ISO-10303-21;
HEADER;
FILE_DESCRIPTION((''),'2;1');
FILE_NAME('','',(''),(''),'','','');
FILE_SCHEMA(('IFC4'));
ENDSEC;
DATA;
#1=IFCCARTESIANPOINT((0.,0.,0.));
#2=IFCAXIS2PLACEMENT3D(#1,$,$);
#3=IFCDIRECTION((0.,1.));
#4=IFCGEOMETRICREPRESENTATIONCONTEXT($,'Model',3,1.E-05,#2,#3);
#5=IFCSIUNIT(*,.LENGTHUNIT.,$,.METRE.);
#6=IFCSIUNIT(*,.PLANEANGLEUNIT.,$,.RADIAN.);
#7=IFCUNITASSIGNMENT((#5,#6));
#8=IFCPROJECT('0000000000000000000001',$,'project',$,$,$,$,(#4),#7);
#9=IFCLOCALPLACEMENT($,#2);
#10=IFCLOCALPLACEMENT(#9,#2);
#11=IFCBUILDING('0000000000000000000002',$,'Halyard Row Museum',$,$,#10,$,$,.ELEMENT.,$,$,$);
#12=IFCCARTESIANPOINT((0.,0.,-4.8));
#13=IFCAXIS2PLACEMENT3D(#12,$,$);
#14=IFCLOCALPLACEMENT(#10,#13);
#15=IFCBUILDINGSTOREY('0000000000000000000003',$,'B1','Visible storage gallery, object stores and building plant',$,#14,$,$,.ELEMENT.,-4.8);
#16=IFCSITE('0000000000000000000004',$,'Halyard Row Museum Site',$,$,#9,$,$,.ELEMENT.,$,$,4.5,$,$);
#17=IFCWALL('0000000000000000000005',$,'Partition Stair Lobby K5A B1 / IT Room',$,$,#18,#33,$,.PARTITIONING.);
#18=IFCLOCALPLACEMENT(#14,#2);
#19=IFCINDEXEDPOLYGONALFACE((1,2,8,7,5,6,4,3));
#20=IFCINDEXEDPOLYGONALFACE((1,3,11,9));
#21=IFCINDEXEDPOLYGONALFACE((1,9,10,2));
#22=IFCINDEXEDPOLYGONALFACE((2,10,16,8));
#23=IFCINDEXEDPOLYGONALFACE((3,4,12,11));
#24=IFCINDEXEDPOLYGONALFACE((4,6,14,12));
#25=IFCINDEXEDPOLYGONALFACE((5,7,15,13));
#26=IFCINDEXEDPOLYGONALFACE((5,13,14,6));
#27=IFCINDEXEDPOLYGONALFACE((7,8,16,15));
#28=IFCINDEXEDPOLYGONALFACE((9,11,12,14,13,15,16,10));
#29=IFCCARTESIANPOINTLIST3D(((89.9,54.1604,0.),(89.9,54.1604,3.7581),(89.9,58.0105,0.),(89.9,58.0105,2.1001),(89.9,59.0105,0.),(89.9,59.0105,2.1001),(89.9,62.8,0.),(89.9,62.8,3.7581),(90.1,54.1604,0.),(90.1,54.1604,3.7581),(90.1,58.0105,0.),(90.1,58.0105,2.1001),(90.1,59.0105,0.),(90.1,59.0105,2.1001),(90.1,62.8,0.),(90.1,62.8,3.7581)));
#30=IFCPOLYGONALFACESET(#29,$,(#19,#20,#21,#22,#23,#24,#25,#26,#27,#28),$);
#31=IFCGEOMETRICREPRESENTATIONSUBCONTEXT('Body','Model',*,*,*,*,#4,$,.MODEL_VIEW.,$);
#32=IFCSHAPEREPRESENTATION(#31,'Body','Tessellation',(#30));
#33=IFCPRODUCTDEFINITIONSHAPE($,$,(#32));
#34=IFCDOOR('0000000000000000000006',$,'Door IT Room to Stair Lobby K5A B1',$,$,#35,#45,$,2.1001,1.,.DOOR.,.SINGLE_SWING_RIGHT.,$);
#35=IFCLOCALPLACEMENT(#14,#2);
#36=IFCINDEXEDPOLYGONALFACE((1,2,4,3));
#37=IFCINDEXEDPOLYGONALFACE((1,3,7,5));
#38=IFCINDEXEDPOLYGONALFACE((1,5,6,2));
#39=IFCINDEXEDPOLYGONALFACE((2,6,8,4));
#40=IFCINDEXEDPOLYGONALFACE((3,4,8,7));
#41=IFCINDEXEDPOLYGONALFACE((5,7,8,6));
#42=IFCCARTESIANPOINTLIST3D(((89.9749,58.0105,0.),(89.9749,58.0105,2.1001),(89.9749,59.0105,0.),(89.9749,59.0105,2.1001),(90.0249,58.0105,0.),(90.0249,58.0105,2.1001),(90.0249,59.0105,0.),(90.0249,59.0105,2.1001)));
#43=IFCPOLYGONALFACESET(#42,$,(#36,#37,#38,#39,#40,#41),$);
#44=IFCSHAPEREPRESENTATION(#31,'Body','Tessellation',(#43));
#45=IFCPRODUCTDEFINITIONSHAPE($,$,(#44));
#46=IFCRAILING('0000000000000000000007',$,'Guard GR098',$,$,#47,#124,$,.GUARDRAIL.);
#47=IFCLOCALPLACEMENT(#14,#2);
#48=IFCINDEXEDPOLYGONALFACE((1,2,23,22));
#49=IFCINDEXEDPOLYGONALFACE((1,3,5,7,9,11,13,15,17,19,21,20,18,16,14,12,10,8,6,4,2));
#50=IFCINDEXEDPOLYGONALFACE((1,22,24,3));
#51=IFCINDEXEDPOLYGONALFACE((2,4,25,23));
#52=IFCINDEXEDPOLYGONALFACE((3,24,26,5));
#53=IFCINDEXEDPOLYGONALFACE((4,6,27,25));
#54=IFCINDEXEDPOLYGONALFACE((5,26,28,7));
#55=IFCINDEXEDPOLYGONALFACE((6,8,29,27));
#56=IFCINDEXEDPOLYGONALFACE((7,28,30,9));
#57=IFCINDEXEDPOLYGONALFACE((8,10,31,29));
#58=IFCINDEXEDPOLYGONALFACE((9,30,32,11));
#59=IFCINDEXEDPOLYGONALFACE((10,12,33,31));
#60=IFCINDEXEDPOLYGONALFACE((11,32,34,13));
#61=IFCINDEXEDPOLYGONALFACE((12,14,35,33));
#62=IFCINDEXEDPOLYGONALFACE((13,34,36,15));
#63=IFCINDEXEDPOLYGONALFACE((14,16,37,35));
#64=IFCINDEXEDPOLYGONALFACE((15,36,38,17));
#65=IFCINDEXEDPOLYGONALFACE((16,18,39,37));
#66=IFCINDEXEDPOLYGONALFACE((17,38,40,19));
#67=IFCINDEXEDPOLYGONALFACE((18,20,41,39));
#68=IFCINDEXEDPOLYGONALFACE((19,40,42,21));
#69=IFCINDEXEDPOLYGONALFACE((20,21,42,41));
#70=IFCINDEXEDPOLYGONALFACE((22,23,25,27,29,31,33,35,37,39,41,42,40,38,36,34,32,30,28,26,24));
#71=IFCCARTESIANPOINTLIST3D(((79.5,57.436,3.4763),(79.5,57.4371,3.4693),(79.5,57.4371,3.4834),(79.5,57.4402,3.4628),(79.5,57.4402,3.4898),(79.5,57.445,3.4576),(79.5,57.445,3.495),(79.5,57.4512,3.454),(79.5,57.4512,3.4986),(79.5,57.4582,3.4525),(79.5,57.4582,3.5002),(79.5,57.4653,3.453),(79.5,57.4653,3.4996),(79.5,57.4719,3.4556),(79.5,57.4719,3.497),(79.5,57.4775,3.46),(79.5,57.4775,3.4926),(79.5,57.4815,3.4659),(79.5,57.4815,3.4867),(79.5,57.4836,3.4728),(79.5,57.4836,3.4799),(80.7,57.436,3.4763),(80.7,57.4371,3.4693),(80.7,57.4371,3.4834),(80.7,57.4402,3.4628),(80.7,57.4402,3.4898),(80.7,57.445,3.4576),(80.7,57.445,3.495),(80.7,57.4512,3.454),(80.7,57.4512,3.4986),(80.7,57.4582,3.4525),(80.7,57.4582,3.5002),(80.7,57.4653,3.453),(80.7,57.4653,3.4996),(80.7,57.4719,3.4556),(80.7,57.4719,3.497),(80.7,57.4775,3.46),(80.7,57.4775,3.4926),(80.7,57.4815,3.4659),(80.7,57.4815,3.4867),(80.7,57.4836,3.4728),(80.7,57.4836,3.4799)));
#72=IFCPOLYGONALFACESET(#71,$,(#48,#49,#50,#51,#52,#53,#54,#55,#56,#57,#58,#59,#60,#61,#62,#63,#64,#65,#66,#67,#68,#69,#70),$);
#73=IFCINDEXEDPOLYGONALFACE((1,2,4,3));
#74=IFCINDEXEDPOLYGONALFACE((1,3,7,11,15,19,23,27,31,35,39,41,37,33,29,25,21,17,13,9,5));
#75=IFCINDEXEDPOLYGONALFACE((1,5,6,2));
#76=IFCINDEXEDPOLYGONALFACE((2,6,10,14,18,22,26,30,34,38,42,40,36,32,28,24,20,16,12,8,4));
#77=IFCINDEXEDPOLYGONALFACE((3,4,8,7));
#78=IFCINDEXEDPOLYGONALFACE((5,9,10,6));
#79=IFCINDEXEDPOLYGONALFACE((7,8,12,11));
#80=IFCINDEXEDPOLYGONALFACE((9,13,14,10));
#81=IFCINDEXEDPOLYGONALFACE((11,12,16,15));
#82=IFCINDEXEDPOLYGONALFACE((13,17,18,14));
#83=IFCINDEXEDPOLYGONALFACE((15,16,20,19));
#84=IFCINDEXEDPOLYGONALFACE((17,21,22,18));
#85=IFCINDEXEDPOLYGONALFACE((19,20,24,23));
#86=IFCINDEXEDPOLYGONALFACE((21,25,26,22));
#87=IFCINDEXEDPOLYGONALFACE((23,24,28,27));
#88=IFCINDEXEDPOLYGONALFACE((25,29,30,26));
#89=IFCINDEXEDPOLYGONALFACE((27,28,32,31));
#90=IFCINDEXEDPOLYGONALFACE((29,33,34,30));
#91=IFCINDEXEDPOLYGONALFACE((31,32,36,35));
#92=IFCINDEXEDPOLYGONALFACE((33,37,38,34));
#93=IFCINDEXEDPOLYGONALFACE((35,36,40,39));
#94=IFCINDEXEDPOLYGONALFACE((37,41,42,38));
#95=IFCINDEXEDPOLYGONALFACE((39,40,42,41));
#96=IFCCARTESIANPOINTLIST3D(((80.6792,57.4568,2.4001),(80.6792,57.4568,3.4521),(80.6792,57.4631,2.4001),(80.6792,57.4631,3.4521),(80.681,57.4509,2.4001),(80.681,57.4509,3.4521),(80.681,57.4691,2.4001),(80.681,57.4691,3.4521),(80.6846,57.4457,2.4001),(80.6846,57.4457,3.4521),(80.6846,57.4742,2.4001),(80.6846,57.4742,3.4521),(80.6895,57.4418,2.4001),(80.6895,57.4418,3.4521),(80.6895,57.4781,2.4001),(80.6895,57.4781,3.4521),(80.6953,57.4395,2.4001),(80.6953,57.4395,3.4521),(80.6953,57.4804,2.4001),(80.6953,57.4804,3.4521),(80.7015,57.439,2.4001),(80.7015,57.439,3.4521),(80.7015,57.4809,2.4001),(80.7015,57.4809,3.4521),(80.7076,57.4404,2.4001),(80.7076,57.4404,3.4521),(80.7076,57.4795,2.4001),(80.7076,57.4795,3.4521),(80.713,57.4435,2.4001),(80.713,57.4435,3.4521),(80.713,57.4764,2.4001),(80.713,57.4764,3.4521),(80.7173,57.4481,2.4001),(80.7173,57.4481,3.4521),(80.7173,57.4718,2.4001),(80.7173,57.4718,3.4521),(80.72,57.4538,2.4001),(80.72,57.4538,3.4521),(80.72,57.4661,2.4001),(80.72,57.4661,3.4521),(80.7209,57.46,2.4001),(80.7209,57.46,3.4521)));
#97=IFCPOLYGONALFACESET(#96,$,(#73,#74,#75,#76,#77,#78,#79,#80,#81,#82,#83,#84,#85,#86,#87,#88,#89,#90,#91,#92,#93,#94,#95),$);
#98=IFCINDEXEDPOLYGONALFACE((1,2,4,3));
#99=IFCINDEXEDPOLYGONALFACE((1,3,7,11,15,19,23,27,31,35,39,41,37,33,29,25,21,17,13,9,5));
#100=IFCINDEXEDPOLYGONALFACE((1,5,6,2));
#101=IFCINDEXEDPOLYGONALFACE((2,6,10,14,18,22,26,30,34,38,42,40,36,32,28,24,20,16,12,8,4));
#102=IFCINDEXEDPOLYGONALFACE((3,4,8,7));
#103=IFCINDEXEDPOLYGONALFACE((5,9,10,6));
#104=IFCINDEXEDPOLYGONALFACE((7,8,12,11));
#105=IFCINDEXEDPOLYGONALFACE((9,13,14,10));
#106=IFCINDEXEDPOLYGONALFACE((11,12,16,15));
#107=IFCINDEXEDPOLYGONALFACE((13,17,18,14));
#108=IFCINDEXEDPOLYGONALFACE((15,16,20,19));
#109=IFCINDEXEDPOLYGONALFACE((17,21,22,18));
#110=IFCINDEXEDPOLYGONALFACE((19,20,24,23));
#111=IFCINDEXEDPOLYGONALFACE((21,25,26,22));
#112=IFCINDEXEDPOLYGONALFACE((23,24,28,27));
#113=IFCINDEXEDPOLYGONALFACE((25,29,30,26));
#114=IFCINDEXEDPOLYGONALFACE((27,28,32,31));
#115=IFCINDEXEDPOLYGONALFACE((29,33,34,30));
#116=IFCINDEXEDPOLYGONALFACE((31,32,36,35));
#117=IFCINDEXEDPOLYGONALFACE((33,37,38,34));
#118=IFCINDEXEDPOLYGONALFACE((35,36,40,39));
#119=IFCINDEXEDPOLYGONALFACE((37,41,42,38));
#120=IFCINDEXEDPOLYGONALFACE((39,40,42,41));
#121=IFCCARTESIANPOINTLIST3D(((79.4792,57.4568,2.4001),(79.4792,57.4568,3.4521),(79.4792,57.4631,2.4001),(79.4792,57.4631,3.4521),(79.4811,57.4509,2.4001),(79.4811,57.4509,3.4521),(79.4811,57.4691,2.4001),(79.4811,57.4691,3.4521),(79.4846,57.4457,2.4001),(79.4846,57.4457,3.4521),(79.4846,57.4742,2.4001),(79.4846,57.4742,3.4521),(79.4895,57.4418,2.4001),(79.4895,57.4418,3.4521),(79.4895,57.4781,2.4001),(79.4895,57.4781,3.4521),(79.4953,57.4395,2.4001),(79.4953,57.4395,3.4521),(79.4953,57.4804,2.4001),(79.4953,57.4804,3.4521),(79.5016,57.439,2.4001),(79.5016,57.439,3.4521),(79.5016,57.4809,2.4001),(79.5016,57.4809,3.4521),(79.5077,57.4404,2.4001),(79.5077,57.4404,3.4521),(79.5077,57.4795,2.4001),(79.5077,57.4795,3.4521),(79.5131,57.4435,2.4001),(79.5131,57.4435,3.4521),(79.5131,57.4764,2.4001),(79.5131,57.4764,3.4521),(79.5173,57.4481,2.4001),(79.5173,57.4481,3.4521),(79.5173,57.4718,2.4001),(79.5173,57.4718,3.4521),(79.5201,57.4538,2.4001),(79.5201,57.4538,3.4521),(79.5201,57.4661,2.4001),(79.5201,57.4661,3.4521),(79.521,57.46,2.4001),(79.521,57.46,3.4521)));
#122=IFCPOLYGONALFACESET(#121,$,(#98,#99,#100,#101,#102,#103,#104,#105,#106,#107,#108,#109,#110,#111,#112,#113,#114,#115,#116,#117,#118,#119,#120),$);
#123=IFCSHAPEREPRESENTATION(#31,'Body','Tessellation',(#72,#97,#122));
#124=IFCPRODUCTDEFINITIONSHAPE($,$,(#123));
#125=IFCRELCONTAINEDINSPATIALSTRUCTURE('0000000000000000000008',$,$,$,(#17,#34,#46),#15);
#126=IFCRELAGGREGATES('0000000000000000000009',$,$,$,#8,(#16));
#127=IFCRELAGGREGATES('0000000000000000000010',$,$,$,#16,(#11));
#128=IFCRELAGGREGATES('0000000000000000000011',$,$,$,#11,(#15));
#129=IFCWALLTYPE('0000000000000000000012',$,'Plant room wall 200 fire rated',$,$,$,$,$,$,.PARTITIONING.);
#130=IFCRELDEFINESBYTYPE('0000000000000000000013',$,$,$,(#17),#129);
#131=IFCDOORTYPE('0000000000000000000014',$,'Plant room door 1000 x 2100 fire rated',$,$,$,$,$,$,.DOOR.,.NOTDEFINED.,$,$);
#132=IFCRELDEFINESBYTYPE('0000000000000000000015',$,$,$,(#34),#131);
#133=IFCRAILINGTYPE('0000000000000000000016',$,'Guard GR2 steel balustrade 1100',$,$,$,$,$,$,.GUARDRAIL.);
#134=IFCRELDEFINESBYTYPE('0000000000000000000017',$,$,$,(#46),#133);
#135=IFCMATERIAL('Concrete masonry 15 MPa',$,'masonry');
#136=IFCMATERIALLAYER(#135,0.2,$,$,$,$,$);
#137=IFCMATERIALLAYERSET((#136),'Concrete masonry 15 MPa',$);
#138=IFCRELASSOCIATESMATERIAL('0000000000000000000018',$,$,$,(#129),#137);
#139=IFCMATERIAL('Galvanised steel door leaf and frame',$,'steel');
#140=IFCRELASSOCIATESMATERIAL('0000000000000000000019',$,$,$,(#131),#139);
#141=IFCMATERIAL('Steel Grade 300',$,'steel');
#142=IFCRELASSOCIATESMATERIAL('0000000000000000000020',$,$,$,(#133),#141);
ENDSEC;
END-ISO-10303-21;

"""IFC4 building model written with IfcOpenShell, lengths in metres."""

from ifc_helpers import new_model, si_unit, direction, frame, frame_2d, origin, origin_2d, place, context, subcontext, project, spatial, rectangle, circle, extrude, material, layer, layer_set, type_object, element, fill, save


model = new_model("IFC4")

# Units and contexts
model_context = context("Model", 3, precision=1e-05, world=origin(), true_north=direction((0.0, 1.0)))
body_context = subcontext(model_context, "Body", "Model", "MODEL_VIEW")
ifc_project = project(units=[si_unit("LENGTHUNIT", "METRE"), si_unit("PLANEANGLEUNIT", "RADIAN")], contexts=[model_context])

# Site, building, storey
site_placement = place(None, origin())
site = spatial("IfcSite", under=ifc_project, at=site_placement, Name="Halyard Row Museum Site", CompositionType="ELEMENT", RefElevation=4.5)
building_placement = place(site_placement, origin())
building = spatial("IfcBuilding", under=site, at=building_placement, Name="Halyard Row Museum", CompositionType="ELEMENT")
storey_placement = place(building_placement, frame((0.0, 0.0, -4.8)))
storey = spatial("IfcBuildingStorey", under=building, at=storey_placement, Name="B1", Description="Visible storage gallery, object stores and building plant", CompositionType="ELEMENT", Elevation=-4.8)

# Wall, opening, door
ifc_material_1 = material(Name="Concrete masonry 15 MPa", Category="masonry")
ifc_layer_1 = layer(ifc_material_1, 0.2)
ifc_layer_set_1 = layer_set([ifc_layer_1], Name="Concrete masonry 15 MPa")
wall_type_1 = type_object("IfcWallType", Name="Plant room wall 200 fire rated", PredefinedType="PARTITIONING", material=ifc_layer_set_1)
wall_1_placement = place(storey_placement, frame((90.0, 54.1604, 0.0), z_axis=(0.0, 0.0, 1.0), x_axis=(0.0, 1.0, 0.0)))
wall_1 = element("IfcWall", 1, at=wall_1_placement, inside=storey, type_object=wall_type_1, Name="Partition Stair Lobby K5A B1 / IT Room", PredefinedType="PARTITIONING", context=body_context, shape_type="SweptSolid", body=[
    extrude(rectangle(XDim=8.6396, YDim=0.2, at=frame_2d((4.3198, 0.0))), origin(), (0.0, 0.0, 1.0), 3.7581),
])
opening_1_placement = place(wall_1_placement, frame((3.8501, 0.0, 0.0)))
opening_1 = element("IfcOpeningElement", 2, at=opening_1_placement, cuts=wall_1, PredefinedType="OPENING", context=body_context, shape_type="SweptSolid", body=[
    extrude(rectangle(XDim=1.0, YDim=2.1001, at=frame_2d((0.5, 1.05))), frame((0.0, 0.1099, 0.0), z_axis=(0.0, -1.0, 0.0), x_axis=(1.0, 0.0, 0.0)), (0.0, 0.0, 1.0), 0.22),
])
ifc_material_2 = material(Name="Galvanised steel door leaf and frame", Category="steel")
door_type_1 = type_object("IfcDoorType", Name="Plant room door 1000 x 2100 fire rated", OperationType="NOTDEFINED", PredefinedType="DOOR", material=ifc_material_2)
door_1_placement = place(opening_1_placement, frame((1.0, 0.0, 0.0), z_axis=(0.0, 0.0, 1.0), x_axis=(-1.0, 0.0, 0.0)))
door_1 = element("IfcDoor", 3, at=door_1_placement, inside=storey, type_object=door_type_1, Name="Door IT Room to Stair Lobby K5A B1", OperationType="SINGLE_SWING_RIGHT", OverallHeight=2.1001, OverallWidth=1.0, PredefinedType="DOOR", context=body_context, shape_type="SweptSolid", body=[
    extrude(rectangle(XDim=1.0, YDim=2.1001, at=frame_2d((0.5, 1.05))), frame((0.0, 0.0249, 0.0), z_axis=(0.0, -1.0, 0.0), x_axis=(1.0, 0.0, 0.0)), (0.0, 0.0, 1.0), 0.05),
])
fill(opening_1, door_1)

# Railing
ifc_material_3 = material(Name="Steel Grade 300", Category="steel")
railing_type = type_object("IfcRailingType", Name="Guard GR2 steel balustrade 1100", PredefinedType="GUARDRAIL", material=ifc_material_3)
railing_1_placement = place(storey_placement, frame((80.7, 57.46, 2.4001)))
element("IfcRailing", 4, at=railing_1_placement, inside=storey, type_object=railing_type, Name="Guard GR098", PredefinedType="GUARDRAIL", context=body_context, shape_type="SweptSolid", body=[
    extrude(circle(Radius=0.0239, at=origin_2d()), frame((0.0, 0.0, 1.0762), z_axis=(-1.0, 0.0, 0.0), x_axis=(0.0, -1.0, 0.0)), (0.0, 0.0, 1.0), 1.2),
    extrude(circle(Radius=0.021, at=origin_2d()), origin(), (0.0, 0.0, 1.0), 1.052),
    extrude(circle(Radius=0.021, at=origin_2d()), frame((-1.2, 0.0, 0.0)), (0.0, 0.0, 1.0), 1.052),
])

save(model, "model.ifc")
